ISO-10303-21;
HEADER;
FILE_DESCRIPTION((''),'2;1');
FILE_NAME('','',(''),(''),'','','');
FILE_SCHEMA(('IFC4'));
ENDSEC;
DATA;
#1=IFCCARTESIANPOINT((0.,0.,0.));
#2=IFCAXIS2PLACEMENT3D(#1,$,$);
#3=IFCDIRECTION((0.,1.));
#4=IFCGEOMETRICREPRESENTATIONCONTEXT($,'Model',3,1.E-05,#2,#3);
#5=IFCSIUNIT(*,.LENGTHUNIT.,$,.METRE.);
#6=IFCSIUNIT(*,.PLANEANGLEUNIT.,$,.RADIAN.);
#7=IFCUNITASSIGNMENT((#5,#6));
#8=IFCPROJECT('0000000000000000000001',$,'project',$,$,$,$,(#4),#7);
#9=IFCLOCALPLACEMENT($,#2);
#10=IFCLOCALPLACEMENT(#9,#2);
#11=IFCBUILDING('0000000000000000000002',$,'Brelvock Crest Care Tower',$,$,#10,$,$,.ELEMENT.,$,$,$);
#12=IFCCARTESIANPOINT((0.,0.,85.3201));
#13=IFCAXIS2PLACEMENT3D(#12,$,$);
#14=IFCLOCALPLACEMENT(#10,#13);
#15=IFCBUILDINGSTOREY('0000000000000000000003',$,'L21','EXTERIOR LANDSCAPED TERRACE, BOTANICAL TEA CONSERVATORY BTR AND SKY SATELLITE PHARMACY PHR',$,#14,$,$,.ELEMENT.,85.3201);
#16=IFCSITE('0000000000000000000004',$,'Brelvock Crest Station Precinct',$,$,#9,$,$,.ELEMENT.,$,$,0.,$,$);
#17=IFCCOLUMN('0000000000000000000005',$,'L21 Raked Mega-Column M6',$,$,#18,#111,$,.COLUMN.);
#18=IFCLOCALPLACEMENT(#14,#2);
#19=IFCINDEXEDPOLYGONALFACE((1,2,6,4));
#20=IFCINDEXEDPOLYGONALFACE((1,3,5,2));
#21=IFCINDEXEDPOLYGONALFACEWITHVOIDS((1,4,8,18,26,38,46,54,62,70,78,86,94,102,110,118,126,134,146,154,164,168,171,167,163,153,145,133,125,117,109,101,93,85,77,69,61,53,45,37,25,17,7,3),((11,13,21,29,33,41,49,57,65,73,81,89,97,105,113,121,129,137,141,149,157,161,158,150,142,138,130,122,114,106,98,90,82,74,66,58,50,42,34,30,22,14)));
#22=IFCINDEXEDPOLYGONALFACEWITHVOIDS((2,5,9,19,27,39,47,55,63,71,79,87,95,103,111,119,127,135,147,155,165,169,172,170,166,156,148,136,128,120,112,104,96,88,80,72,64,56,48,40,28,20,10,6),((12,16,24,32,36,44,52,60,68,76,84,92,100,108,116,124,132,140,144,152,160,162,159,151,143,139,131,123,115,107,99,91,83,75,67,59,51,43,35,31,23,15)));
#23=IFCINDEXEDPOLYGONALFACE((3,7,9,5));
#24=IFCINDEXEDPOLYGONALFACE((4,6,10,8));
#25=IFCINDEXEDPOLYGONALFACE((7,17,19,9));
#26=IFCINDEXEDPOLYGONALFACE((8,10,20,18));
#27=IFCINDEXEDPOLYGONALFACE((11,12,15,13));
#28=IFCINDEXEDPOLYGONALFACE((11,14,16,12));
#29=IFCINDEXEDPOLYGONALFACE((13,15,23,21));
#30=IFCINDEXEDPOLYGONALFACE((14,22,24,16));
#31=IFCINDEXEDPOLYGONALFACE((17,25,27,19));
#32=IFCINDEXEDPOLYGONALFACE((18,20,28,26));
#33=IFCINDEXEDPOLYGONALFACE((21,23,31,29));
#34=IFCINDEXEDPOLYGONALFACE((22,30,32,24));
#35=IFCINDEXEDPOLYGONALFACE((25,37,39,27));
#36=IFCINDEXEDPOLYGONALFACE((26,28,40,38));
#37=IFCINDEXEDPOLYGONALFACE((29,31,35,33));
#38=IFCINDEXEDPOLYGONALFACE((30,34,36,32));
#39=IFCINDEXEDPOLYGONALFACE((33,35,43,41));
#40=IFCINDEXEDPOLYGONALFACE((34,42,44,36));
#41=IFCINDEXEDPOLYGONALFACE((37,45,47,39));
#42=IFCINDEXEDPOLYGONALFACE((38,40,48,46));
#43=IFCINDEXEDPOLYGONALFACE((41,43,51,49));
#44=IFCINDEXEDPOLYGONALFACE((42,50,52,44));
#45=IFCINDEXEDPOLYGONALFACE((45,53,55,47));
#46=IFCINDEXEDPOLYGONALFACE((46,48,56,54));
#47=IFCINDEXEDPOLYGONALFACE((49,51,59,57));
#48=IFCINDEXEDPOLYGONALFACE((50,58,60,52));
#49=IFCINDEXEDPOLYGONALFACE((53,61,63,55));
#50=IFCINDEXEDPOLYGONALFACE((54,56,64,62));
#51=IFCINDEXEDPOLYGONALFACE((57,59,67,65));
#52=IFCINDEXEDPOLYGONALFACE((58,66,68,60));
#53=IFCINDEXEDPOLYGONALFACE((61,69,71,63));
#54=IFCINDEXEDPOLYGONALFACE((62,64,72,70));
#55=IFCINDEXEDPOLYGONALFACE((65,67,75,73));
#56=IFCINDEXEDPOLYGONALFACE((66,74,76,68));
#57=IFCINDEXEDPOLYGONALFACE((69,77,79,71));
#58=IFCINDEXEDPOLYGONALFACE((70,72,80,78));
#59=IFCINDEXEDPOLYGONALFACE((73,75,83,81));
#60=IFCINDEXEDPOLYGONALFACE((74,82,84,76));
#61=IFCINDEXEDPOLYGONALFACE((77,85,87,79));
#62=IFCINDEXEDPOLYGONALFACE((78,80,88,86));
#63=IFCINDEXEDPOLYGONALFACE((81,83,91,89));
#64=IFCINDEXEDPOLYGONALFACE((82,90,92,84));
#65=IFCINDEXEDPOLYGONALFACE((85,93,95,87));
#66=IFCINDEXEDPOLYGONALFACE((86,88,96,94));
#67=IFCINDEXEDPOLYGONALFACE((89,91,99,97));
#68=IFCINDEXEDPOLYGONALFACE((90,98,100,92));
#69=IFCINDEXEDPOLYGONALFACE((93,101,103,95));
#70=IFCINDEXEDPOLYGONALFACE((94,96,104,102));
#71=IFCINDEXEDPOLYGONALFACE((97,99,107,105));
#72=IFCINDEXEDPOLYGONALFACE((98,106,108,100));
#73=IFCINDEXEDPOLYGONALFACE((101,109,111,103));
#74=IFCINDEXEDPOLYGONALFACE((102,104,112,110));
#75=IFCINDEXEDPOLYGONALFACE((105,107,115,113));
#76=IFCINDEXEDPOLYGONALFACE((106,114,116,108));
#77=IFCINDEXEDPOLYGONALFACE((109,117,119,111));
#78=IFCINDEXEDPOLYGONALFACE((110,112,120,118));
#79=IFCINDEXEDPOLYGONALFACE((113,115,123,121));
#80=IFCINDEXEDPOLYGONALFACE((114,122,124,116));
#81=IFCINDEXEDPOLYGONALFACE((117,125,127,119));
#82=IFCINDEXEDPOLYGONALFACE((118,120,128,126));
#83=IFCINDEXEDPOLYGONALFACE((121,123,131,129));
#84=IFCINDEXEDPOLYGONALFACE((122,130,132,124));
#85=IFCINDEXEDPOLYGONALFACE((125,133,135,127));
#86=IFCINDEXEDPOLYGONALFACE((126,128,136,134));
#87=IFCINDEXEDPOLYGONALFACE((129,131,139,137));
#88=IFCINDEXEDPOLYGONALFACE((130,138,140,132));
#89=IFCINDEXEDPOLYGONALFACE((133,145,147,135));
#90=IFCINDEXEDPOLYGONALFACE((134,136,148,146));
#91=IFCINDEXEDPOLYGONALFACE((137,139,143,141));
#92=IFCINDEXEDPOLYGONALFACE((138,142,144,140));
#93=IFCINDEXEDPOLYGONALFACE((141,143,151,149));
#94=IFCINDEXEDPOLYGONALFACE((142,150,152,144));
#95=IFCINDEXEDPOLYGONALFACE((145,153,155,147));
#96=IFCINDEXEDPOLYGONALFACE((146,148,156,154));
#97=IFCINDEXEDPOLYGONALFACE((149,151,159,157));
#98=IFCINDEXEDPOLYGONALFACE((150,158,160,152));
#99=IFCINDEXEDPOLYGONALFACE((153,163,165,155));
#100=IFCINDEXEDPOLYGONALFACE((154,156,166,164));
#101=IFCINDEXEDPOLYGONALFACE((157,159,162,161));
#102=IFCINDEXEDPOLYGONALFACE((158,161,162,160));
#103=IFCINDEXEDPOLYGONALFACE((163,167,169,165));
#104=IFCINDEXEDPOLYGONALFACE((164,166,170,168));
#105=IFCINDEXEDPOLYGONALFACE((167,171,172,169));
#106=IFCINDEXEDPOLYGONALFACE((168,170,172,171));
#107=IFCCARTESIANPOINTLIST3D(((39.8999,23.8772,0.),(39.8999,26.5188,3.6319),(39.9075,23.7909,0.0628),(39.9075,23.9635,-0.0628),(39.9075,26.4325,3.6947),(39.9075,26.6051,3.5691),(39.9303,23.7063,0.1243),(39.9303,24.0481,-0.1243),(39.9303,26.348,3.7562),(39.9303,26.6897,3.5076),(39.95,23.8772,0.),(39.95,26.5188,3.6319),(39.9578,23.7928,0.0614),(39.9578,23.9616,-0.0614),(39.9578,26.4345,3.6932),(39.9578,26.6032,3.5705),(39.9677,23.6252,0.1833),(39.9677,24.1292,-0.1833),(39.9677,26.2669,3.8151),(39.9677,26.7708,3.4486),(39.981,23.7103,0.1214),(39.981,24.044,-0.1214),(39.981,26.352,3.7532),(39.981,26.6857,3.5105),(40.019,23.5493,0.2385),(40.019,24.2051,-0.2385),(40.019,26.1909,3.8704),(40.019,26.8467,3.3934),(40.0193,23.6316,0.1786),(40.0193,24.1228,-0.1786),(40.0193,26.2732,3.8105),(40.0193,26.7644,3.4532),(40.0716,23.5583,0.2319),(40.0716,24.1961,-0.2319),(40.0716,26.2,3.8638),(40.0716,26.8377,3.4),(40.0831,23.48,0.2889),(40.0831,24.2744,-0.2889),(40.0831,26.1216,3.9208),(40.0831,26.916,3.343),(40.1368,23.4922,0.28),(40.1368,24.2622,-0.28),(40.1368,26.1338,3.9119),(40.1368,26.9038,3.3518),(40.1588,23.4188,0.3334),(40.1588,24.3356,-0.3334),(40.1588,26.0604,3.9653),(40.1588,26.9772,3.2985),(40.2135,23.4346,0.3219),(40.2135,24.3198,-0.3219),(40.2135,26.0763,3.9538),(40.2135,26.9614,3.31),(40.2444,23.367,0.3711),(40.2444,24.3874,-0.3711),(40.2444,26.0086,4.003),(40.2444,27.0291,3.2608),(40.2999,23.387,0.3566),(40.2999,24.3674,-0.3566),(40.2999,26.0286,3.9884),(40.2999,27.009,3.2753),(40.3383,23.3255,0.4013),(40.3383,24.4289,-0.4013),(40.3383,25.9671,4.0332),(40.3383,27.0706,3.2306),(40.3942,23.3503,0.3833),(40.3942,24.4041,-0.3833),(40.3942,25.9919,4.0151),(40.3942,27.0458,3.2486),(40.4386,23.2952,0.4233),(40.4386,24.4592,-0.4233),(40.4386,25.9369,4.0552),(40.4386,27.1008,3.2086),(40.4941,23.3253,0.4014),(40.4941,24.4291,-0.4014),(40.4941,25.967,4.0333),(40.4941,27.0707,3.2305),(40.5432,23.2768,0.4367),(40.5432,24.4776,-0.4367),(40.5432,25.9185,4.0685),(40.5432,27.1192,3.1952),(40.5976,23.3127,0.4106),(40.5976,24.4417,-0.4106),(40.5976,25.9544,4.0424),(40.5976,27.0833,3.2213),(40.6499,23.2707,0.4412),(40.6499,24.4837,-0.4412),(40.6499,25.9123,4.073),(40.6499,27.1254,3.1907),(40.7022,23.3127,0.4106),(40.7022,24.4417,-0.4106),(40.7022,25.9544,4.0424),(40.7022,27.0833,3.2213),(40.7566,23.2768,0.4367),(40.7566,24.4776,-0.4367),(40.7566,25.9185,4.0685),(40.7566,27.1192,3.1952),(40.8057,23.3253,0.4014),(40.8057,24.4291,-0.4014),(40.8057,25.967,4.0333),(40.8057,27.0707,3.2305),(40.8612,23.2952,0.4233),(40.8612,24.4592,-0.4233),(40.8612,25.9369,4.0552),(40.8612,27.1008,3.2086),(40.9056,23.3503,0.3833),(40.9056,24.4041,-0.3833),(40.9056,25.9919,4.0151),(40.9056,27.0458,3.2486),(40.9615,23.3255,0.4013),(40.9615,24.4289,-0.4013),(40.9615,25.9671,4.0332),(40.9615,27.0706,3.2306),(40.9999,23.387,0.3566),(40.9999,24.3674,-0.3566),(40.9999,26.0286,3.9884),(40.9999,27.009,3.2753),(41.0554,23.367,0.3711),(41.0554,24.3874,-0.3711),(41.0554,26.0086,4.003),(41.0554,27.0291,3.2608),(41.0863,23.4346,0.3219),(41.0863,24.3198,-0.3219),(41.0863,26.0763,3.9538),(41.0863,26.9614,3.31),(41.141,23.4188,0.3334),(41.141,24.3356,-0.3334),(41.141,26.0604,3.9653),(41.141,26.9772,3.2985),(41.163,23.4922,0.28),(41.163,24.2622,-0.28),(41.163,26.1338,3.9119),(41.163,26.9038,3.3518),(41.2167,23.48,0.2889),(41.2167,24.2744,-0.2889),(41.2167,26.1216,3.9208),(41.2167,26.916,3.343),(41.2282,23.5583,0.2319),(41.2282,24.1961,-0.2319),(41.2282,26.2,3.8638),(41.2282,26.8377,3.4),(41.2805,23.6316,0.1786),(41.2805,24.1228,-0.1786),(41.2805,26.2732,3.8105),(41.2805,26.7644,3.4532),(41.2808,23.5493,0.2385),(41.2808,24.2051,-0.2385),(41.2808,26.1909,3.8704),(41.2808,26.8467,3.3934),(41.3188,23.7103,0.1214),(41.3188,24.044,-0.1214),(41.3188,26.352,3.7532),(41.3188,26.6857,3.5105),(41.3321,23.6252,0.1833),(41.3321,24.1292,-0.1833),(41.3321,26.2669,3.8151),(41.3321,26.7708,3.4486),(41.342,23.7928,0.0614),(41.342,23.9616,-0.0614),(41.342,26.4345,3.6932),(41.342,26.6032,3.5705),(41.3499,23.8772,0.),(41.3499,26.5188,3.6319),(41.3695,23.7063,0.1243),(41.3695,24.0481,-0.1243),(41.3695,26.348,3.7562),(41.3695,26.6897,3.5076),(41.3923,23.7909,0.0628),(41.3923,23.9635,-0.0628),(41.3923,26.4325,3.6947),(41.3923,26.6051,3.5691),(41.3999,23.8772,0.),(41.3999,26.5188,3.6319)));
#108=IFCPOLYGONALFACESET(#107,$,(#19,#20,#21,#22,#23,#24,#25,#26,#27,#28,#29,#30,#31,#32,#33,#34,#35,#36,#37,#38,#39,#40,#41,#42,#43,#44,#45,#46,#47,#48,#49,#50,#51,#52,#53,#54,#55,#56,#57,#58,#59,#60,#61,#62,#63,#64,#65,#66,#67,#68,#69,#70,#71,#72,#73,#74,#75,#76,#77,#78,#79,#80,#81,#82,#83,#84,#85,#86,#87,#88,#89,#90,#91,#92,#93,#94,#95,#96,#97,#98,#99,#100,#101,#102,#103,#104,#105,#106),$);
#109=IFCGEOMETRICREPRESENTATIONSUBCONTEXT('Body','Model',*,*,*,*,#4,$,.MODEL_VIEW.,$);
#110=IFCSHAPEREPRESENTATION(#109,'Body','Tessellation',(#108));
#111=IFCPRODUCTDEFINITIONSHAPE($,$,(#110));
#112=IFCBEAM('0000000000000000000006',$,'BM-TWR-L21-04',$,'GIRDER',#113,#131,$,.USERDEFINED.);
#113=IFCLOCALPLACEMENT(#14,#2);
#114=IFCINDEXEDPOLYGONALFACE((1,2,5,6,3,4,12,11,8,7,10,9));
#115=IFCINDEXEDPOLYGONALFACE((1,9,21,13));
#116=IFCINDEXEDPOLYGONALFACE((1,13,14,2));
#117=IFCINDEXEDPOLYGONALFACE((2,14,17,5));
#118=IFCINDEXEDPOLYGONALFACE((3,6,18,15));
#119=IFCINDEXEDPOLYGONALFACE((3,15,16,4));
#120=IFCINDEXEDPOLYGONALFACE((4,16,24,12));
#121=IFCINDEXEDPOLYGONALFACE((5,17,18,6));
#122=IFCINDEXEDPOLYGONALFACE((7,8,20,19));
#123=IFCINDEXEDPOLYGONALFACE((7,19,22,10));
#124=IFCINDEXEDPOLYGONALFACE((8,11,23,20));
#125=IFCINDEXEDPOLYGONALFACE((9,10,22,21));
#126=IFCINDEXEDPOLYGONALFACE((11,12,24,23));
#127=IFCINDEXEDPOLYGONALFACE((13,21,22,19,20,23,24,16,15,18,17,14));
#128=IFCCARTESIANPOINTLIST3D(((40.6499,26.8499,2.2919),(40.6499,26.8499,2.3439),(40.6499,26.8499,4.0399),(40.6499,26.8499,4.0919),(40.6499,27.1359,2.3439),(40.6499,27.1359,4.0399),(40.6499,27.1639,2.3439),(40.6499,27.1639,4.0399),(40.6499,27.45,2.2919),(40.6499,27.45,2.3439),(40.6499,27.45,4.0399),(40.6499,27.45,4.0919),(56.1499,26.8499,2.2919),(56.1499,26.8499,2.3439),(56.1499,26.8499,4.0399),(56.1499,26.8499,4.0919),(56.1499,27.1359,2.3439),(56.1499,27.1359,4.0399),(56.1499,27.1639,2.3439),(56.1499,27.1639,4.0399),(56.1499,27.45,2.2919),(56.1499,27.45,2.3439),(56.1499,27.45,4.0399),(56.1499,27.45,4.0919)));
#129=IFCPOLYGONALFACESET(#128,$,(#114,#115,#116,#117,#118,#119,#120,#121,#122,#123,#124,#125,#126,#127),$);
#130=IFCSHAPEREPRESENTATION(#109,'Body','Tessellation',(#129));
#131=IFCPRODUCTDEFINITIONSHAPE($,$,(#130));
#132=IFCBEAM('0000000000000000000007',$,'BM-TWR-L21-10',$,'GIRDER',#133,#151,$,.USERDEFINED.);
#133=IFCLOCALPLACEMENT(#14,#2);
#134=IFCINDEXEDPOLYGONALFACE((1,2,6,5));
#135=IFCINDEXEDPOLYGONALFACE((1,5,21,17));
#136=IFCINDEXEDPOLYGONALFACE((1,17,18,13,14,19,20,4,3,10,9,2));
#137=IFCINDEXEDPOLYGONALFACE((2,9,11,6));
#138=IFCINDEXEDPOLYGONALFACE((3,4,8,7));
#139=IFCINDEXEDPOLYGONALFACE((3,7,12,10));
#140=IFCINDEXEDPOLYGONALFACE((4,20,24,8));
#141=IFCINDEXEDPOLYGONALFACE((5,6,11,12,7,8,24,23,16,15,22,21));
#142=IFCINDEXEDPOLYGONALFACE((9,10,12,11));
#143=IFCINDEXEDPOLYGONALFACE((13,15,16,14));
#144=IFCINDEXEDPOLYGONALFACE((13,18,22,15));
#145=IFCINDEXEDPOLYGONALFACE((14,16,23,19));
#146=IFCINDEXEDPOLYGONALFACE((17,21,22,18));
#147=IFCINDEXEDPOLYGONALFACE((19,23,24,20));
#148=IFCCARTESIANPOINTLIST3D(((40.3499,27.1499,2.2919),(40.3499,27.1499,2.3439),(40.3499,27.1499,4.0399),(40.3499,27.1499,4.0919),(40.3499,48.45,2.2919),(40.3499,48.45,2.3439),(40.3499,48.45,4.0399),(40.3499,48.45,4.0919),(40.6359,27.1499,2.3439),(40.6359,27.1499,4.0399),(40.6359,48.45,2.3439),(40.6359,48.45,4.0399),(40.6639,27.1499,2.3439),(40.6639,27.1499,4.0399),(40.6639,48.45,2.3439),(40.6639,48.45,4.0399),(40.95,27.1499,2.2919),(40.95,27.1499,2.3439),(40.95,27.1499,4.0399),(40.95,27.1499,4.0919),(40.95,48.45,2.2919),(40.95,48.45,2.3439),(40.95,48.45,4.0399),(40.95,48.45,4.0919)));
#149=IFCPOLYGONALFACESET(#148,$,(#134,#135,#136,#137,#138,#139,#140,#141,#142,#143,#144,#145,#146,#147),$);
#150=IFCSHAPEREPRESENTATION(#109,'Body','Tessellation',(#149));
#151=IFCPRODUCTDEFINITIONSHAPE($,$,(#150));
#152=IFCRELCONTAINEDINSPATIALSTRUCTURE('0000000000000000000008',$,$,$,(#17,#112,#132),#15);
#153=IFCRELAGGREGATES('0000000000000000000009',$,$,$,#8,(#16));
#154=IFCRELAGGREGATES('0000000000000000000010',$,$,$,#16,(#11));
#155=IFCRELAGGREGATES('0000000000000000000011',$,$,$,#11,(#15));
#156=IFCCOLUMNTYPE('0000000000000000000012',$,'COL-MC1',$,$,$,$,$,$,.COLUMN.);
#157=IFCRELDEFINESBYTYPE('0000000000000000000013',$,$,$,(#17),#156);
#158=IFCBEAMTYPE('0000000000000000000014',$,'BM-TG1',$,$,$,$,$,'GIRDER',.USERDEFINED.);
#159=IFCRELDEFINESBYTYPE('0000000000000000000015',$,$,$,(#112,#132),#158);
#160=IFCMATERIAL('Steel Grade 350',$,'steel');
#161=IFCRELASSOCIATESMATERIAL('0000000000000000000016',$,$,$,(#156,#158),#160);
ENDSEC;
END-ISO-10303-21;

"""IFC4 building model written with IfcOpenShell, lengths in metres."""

from ifc_helpers import new_model, si_unit, direction, frame, origin, origin_2d, place, context, subcontext, project, spatial, hollow_circle, i_section, extrude, source, transform, mapped, material, material_profile, profile_set, type_object, element, save


model = new_model("IFC4")

# Units and contexts
model_context = context("Model", 3, precision=1e-05, world=origin(), true_north=direction((0.0, 1.0)))
body_context = subcontext(model_context, "Body", "Model", "MODEL_VIEW")
ifc_project = project(units=[si_unit("LENGTHUNIT", "METRE"), si_unit("PLANEANGLEUNIT", "RADIAN")], contexts=[model_context])

# Site, building, storey
site_placement = place(None, origin())
site = spatial("IfcSite", under=ifc_project, at=site_placement, Name="Brelvock Crest Station Precinct", CompositionType="ELEMENT", RefElevation=0.0)
building_placement = place(site_placement, origin())
building = spatial("IfcBuilding", under=site, at=building_placement, Name="Brelvock Crest Care Tower", CompositionType="ELEMENT")
storey_placement = place(building_placement, frame((0.0, 0.0, 85.3201)))
storey = spatial("IfcBuildingStorey", under=building, at=storey_placement, Name="L21", Description="EXTERIOR LANDSCAPED TERRACE, BOTANICAL TEA CONSERVATORY BTR AND SKY SATELLITE PHARMACY PHR", CompositionType="ELEMENT", Elevation=85.3201)

# Column
ifc_material_1 = material(Name="Steel Grade 350", Category="steel")
ifc_material_profile_1 = material_profile(ifc_material_1, hollow_circle(Radius=0.75, WallThickness=0.05, at=origin_2d()), Name="CFT1500x50")
ifc_profile_set_1 = profile_set([ifc_material_profile_1], Name="Steel Grade 350")
column_type = type_object("IfcColumnType", Name="COL-MC1", PredefinedType="COLUMN", material=ifc_profile_set_1)
shared_shape_1 = source(origin(), body_context, "Body", "SweptSolid", [
    extrude(hollow_circle(Radius=0.75, WallThickness=0.05, at=origin_2d()), origin(), (0.0, 0.0, 1.0), 4.491),
])
column_placement = place(storey_placement, frame((40.6499, 23.8772, 0.0), z_axis=(0.0, 0.58821, 0.808708), x_axis=(-1.0, 0.0, 0.0)))
element("IfcColumn", 1, at=column_placement, inside=storey, type_object=column_type, Name="L21 Raked Mega-Column M6", PredefinedType="COLUMN", context=body_context, shape_type="MappedRepresentation", body=[
    mapped(shared_shape_1, transform((0.0, 0.0, 0.0), x_axis=(1.0, 0.0, 0.0), y_axis=(0.0, 1.0, 0.0), z_axis=(0.0, 0.0, 1.0), scale=1.0)),
])

# Beams
ifc_material_profile_2 = material_profile(ifc_material_1, i_section(OverallWidth=0.6001, OverallDepth=1.8, WebThickness=0.0281, FlangeThickness=0.052, at=origin_2d()), Name="1800TG740")
ifc_profile_set_2 = profile_set([ifc_material_profile_2], Name="Steel Grade 350")
beam_type_1 = type_object("IfcBeamType", Name="BM-TG1", ElementType="GIRDER", PredefinedType="USERDEFINED", material=ifc_profile_set_2)
shared_shape_2 = source(origin(), body_context, "Body", "SweptSolid", [
    extrude(i_section(OverallWidth=0.6001, OverallDepth=1.8, WebThickness=0.0281, FlangeThickness=0.052, at=origin_2d()), origin(), (0.0, 0.0, 1.0), 15.5),
])
beam_1_placement = place(storey_placement, frame((40.6499, 27.1499, 3.1919), z_axis=(1.0, 0.0, 0.0), x_axis=(0.0, 1.0, 0.0)))
element("IfcBeam", 2, at=beam_1_placement, inside=storey, type_object=beam_type_1, Name="BM-TWR-L21-04", ObjectType="GIRDER", PredefinedType="USERDEFINED", context=body_context, shape_type="MappedRepresentation", body=[
    mapped(shared_shape_2, transform((0.0, 0.0, 0.0), x_axis=(1.0, 0.0, 0.0), y_axis=(0.0, 1.0, 0.0), z_axis=(0.0, 0.0, 1.0), scale=1.0)),
])
shared_shape_3 = source(origin(), body_context, "Body", "SweptSolid", [
    extrude(i_section(OverallWidth=0.6001, OverallDepth=1.8, WebThickness=0.0281, FlangeThickness=0.052, at=origin_2d()), origin(), (0.0, 0.0, 1.0), 21.3),
])
beam_2_placement = place(storey_placement, frame((40.6499, 27.1499, 3.1919), z_axis=(0.0, 1.0, 0.0), x_axis=(-1.0, 0.0, 0.0)))
element("IfcBeam", 3, at=beam_2_placement, inside=storey, type_object=beam_type_1, Name="BM-TWR-L21-10", ObjectType="GIRDER", PredefinedType="USERDEFINED", context=body_context, shape_type="MappedRepresentation", body=[
    mapped(shared_shape_3, transform((0.0, 0.0, 0.0), x_axis=(1.0, 0.0, 0.0), y_axis=(0.0, 1.0, 0.0), z_axis=(0.0, 0.0, 1.0), scale=1.0)),
])

save(model, "model.ifc")
